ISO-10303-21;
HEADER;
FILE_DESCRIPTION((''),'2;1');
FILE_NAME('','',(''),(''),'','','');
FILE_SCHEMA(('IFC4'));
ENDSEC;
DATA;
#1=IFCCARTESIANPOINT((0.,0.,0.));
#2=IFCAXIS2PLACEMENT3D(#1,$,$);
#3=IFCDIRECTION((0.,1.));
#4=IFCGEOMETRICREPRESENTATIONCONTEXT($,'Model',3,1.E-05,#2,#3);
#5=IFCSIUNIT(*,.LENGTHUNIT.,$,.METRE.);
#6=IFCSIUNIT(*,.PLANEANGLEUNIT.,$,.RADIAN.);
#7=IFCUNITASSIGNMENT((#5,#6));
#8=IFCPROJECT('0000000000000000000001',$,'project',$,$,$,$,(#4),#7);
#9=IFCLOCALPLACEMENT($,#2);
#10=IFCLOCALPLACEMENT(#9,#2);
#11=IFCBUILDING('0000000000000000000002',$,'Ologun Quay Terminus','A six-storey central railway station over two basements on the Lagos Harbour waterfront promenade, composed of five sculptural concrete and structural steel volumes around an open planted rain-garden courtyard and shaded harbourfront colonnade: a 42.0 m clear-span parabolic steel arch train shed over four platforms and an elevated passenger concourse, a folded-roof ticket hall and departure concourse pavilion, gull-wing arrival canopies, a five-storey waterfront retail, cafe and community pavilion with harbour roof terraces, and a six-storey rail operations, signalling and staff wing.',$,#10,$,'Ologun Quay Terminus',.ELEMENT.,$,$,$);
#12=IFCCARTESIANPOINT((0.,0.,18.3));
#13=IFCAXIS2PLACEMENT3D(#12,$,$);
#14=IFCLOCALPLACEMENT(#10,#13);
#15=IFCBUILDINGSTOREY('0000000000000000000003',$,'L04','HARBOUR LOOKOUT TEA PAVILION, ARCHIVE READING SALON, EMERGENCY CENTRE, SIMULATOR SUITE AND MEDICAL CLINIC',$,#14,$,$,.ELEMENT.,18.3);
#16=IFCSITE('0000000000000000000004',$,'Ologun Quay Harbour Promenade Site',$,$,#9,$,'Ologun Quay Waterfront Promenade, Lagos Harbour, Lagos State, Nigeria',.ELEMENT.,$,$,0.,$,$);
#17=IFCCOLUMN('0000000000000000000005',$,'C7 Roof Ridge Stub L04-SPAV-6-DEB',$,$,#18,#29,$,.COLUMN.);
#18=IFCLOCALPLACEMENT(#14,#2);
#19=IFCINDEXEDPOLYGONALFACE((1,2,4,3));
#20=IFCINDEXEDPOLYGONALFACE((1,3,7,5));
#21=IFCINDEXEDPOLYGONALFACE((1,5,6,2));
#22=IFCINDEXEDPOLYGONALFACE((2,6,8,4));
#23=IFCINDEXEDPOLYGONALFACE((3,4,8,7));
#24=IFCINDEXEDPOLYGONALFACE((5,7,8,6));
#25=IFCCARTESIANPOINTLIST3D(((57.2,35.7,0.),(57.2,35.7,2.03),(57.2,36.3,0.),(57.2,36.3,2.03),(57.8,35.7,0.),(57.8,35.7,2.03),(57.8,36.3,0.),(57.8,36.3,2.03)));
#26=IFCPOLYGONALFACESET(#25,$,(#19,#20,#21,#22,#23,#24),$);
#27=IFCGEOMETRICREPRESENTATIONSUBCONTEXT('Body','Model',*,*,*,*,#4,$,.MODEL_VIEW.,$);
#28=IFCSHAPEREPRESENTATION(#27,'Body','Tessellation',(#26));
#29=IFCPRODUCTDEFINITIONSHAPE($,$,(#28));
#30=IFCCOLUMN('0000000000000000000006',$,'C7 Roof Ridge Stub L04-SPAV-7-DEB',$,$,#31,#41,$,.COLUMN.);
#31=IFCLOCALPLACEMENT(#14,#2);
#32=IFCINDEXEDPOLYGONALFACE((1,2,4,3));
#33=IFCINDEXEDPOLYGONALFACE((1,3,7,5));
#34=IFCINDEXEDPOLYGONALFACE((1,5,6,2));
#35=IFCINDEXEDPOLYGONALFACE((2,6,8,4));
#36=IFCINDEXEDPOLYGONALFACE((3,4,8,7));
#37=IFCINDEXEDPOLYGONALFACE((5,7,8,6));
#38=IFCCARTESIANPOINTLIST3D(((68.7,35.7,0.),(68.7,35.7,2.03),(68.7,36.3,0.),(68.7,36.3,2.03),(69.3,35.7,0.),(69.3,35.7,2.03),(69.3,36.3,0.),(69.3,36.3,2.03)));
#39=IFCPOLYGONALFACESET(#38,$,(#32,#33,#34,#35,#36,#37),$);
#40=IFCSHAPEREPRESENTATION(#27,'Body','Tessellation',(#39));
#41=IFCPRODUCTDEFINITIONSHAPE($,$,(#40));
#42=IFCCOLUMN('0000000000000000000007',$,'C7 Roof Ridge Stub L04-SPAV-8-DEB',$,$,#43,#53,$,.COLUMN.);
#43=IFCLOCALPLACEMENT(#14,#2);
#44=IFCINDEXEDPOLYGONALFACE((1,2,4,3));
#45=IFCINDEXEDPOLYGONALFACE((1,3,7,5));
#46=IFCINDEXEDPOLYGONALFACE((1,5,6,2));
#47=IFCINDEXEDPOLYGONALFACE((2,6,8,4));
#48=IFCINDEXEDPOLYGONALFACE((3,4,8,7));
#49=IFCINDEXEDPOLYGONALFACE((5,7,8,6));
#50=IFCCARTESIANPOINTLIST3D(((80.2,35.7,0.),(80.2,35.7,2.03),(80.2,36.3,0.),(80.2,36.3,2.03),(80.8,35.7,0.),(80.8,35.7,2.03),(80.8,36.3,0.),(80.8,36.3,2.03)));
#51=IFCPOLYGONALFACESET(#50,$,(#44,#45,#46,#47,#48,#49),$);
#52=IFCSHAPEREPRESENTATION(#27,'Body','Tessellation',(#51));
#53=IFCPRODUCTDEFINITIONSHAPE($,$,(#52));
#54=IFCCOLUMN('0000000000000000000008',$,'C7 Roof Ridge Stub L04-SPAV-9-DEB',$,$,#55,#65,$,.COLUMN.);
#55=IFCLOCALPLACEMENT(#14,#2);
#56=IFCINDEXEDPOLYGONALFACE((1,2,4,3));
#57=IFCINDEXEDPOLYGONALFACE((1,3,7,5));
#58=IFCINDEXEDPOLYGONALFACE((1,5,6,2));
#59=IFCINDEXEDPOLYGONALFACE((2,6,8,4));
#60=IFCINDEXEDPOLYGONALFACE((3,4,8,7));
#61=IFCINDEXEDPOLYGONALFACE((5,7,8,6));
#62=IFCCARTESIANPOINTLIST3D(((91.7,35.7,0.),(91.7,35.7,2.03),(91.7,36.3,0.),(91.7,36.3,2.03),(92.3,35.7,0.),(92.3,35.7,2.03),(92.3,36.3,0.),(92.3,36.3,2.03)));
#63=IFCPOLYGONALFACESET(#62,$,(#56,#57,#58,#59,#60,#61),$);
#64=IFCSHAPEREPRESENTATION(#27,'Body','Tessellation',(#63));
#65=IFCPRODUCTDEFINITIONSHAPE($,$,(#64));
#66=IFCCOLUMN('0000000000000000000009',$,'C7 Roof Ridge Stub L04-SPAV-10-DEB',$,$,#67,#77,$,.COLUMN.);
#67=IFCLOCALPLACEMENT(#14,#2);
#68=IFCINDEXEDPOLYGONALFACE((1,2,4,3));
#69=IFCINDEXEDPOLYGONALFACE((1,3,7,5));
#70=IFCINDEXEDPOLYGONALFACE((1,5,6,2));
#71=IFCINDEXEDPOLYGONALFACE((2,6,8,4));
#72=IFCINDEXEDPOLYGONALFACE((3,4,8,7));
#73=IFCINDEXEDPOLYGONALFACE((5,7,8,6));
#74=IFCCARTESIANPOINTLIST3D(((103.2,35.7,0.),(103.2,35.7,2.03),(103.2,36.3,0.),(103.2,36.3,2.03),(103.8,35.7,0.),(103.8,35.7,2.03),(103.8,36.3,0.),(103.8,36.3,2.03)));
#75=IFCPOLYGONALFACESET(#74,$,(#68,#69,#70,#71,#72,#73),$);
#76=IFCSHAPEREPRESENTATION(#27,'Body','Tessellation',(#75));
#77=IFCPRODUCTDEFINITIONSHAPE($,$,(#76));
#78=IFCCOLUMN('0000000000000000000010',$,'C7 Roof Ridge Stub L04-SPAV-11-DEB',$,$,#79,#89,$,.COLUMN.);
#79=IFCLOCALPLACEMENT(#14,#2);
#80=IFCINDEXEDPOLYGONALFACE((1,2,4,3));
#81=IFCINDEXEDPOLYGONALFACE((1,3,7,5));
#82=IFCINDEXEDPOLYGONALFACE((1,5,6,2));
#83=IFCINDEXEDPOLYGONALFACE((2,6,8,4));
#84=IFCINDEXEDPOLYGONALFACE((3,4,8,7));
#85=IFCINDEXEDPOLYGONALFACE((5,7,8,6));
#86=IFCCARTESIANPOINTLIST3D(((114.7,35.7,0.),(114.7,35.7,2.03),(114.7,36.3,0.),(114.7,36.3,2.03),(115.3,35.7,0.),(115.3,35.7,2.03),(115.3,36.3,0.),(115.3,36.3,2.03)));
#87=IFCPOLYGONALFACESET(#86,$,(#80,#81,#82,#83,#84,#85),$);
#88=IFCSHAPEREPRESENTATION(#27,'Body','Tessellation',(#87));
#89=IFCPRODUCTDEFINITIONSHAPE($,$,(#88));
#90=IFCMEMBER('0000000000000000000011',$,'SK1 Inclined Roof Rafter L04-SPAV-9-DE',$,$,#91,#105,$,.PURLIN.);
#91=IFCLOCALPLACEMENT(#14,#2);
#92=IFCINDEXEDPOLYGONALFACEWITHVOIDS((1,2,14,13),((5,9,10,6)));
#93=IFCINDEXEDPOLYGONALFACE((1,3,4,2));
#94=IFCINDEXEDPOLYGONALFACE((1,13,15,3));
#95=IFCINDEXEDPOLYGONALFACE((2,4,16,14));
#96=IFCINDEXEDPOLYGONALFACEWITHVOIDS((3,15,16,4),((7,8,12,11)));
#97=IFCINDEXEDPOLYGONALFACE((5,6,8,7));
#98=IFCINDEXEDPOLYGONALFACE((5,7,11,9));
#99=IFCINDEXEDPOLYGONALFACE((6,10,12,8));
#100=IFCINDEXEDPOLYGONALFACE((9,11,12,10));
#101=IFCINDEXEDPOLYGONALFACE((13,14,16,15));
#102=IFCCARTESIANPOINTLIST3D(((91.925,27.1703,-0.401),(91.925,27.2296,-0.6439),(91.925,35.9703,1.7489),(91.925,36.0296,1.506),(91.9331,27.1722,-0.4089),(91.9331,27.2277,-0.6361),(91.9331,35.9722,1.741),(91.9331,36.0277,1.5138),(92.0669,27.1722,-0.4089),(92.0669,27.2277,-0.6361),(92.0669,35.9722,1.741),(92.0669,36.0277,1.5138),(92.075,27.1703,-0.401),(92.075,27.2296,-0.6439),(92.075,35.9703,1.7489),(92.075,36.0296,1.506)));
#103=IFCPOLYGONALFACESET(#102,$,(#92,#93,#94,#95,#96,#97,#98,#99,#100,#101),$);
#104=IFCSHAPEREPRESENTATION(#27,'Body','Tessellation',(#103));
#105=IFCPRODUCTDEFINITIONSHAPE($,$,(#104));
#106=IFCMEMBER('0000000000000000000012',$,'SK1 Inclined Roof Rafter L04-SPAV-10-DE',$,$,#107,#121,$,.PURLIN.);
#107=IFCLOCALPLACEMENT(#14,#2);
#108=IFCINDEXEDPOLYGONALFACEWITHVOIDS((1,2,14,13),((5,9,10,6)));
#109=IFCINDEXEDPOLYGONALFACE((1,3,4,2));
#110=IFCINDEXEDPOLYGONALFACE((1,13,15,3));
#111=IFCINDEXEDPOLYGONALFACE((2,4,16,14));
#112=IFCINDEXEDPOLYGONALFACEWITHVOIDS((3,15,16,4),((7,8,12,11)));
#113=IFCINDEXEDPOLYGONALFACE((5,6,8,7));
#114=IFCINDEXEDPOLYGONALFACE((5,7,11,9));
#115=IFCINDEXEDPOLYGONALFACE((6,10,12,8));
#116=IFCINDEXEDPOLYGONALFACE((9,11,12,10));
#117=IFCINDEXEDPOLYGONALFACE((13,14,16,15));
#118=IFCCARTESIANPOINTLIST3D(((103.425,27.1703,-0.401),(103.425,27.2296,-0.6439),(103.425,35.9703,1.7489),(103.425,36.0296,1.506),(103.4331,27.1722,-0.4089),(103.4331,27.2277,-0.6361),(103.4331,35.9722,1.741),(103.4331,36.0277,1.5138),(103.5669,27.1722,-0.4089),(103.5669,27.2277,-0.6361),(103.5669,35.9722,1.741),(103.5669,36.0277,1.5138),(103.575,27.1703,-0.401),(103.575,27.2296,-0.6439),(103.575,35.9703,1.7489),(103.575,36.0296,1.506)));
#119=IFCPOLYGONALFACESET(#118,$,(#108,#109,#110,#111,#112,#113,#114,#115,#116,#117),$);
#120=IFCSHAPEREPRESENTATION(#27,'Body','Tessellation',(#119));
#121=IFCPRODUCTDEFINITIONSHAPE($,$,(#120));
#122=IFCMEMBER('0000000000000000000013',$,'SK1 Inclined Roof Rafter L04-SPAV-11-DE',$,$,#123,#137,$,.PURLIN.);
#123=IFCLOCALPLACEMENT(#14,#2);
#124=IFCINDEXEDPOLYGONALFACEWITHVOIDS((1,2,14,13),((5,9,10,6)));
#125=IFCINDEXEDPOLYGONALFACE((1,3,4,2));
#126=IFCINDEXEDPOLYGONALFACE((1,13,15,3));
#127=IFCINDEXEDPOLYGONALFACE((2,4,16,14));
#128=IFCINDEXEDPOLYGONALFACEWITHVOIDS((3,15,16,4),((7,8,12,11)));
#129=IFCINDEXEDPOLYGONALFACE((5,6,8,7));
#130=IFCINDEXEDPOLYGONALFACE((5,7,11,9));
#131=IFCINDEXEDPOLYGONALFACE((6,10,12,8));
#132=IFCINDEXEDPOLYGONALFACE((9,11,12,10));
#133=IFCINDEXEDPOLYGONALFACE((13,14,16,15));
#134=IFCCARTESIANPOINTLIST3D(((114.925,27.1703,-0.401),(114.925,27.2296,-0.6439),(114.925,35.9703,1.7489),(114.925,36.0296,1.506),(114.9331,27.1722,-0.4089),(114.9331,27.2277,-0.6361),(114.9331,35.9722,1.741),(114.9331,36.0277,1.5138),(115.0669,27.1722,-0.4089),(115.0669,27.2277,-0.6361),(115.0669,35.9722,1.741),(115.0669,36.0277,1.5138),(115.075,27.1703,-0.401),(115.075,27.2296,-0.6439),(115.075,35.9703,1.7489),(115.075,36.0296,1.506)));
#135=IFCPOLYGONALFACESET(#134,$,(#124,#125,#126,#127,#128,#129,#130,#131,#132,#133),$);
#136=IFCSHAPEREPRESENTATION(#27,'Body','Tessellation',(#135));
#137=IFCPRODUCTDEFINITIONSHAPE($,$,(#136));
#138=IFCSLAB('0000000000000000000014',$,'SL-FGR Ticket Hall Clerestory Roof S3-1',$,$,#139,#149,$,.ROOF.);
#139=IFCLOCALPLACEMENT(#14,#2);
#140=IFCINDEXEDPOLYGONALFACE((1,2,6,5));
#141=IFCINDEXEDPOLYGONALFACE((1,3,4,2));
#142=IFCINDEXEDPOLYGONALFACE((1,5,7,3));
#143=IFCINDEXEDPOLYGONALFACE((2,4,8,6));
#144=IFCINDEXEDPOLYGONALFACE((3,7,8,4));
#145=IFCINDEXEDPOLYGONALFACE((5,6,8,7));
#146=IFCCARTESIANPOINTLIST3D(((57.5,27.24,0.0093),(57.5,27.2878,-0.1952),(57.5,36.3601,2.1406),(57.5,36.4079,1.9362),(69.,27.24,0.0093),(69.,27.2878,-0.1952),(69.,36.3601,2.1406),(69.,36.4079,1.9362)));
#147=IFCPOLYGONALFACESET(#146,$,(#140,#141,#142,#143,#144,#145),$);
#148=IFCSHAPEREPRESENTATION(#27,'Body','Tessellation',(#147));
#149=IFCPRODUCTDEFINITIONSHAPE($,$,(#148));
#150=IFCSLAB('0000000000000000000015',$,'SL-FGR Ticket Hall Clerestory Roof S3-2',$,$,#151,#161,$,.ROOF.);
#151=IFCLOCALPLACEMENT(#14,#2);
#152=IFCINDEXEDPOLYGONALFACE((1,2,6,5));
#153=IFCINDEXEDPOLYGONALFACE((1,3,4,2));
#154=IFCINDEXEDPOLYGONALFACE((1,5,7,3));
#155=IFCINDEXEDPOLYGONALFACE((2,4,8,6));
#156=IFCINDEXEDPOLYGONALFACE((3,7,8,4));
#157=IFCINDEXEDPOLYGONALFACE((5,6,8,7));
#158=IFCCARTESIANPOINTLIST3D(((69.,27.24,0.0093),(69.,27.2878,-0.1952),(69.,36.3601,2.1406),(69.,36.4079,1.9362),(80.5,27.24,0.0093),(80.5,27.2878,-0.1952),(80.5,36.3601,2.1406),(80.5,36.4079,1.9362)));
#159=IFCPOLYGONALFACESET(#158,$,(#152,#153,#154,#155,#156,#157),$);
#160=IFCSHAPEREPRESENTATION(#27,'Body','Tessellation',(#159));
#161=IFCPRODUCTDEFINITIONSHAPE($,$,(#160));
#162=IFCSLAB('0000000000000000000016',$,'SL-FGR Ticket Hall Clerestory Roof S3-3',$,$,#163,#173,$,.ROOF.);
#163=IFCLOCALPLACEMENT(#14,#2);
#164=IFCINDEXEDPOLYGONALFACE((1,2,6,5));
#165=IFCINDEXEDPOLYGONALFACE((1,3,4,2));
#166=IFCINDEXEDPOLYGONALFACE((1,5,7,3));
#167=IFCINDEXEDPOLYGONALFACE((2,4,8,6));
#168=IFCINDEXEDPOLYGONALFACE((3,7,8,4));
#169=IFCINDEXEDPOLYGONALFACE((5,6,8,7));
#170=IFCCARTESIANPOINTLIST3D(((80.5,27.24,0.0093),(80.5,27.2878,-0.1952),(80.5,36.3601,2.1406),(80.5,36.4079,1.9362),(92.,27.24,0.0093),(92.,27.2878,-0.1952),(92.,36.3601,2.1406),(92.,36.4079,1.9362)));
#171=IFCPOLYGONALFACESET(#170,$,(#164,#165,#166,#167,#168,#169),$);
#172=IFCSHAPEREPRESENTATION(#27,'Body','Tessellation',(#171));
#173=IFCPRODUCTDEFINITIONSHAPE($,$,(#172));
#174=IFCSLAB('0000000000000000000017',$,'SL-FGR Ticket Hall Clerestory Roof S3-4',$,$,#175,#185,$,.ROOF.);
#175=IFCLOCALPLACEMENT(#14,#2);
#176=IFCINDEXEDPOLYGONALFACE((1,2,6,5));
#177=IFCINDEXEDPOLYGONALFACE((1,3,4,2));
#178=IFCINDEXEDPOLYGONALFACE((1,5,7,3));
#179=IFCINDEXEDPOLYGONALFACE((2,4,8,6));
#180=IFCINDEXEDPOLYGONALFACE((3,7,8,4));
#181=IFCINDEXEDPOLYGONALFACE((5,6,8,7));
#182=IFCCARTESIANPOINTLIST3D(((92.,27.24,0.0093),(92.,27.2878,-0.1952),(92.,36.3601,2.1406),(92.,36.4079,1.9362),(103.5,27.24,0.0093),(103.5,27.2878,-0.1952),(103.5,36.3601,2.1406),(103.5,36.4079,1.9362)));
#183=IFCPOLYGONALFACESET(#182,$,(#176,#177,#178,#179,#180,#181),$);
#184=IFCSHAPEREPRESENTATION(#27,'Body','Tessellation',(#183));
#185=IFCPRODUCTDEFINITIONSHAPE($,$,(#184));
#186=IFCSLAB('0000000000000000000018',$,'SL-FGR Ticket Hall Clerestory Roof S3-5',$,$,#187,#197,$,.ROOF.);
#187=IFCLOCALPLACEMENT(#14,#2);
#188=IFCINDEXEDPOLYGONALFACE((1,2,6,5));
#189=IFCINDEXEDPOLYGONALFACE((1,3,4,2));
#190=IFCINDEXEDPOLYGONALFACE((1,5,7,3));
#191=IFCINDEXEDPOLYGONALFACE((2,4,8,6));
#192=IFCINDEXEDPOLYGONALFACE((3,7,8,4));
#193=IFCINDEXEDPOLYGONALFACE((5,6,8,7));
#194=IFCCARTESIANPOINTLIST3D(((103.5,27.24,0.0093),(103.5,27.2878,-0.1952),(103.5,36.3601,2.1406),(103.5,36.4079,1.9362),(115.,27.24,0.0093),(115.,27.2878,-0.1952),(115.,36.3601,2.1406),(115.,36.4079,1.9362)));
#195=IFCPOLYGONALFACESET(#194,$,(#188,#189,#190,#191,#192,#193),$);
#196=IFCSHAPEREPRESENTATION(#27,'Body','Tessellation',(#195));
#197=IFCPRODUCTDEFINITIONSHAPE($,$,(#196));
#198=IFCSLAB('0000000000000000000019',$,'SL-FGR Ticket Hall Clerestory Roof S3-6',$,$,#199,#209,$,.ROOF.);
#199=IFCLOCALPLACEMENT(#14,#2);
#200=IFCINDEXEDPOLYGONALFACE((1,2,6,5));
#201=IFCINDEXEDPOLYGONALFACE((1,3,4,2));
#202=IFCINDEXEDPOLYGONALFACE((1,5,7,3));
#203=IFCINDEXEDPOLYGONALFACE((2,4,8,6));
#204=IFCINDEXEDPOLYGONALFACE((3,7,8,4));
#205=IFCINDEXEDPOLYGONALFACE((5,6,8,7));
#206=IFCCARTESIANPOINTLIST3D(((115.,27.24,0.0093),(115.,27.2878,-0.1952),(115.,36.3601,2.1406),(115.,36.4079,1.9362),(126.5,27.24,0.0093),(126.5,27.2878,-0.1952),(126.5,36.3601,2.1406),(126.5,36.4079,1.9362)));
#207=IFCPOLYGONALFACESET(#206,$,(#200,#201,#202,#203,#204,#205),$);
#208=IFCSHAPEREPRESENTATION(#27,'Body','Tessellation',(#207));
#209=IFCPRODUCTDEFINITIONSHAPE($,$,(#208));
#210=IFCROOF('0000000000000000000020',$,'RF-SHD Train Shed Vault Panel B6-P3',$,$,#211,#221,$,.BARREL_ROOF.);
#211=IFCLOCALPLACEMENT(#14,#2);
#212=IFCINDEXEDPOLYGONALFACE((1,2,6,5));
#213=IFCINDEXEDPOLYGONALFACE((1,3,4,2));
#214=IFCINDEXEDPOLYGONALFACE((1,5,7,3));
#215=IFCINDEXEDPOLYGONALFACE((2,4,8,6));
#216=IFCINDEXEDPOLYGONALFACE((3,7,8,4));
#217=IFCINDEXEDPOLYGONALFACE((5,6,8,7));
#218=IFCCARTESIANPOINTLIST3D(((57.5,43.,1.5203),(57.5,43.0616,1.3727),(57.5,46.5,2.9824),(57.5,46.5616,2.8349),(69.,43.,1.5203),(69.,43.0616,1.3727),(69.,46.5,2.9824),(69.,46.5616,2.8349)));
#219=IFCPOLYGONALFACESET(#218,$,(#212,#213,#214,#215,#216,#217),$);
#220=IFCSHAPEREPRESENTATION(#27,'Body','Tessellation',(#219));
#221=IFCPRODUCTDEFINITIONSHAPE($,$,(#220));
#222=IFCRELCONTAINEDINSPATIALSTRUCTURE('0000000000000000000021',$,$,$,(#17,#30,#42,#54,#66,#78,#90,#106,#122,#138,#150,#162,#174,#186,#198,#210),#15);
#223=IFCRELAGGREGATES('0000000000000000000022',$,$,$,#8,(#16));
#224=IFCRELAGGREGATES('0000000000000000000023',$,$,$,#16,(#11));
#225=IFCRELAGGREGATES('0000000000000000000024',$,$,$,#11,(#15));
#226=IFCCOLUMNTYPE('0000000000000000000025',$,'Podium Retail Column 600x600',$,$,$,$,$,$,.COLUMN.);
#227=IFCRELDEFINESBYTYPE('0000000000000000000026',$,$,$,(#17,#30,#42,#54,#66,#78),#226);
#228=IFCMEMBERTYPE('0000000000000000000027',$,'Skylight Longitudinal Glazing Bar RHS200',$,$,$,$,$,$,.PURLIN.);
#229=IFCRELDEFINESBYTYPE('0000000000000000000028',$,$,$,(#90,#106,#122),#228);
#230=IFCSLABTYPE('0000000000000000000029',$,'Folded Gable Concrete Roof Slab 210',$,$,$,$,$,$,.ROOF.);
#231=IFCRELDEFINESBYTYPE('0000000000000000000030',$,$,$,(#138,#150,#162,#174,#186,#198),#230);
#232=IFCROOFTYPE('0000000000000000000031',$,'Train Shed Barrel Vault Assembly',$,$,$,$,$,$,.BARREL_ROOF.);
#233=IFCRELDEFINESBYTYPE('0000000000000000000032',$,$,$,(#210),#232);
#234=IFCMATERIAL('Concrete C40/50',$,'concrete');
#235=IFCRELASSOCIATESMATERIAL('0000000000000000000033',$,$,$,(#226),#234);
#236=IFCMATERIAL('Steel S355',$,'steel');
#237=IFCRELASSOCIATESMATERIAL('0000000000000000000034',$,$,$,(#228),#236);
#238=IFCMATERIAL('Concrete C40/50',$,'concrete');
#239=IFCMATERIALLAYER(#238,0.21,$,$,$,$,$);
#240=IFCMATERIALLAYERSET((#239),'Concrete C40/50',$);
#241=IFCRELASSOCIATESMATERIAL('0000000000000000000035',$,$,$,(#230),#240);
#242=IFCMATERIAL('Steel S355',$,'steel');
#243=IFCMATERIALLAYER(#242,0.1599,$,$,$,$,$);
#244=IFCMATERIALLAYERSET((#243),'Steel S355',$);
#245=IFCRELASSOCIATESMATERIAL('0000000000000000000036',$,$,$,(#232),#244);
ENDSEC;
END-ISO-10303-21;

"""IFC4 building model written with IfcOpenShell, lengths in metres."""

from ifc_helpers import new_model, si_unit, direction, frame, origin, origin_2d, place, context, subcontext, project, spatial, polyline, rectangle, hollow_rectangle, outline, extrude, material, layer, layer_set, material_profile, profile_set, type_object, element, save


model = new_model("IFC4")

# Units and contexts
model_context = context("Model", 3, precision=1e-05, world=origin(), true_north=direction((0.0, 1.0)))
body_context = subcontext(model_context, "Body", "Model", "MODEL_VIEW")
ifc_project = project(units=[si_unit("LENGTHUNIT", "METRE"), si_unit("PLANEANGLEUNIT", "RADIAN")], contexts=[model_context])

# Site, building, storey
site_placement = place(None, origin())
site = spatial("IfcSite", under=ifc_project, at=site_placement, Name="Ologun Quay Harbour Promenade Site", LongName="Ologun Quay Waterfront Promenade, Lagos Harbour, Lagos State, Nigeria", CompositionType="ELEMENT", RefElevation=0.0)
building_placement = place(site_placement, origin())
building = spatial("IfcBuilding", under=site, at=building_placement, Name="Ologun Quay Terminus", Description="A six-storey central railway station over two basements on the Lagos Harbour waterfront promenade, composed of five sculptural concrete and structural steel volumes around an open planted rain-garden courtyard and shaded harbourfront colonnade: a 42.0 m clear-span parabolic steel arch train shed over four platforms and an elevated passenger concourse, a folded-roof ticket hall and departure concourse pavilion, gull-wing arrival canopies, a five-storey waterfront retail, cafe and community pavilion with harbour roof terraces, and a six-storey rail operations, signalling and staff wing.", LongName="Ologun Quay Terminus", CompositionType="ELEMENT")
storey_placement = place(building_placement, frame((0.0, 0.0, 18.3)))
storey = spatial("IfcBuildingStorey", under=building, at=storey_placement, Name="L04", Description="HARBOUR LOOKOUT TEA PAVILION, ARCHIVE READING SALON, EMERGENCY CENTRE, SIMULATOR SUITE AND MEDICAL CLINIC", CompositionType="ELEMENT", Elevation=18.3)

# Columns
ifc_material_1 = material(Name="Concrete C40/50", Category="concrete")
ifc_material_profile_1 = material_profile(ifc_material_1, rectangle(XDim=0.6001, YDim=0.6001, at=origin_2d()), Name="RC 600x600")
ifc_profile_set_1 = profile_set([ifc_material_profile_1], Name="Concrete C40/50")
column_type = type_object("IfcColumnType", Name="Podium Retail Column 600x600", PredefinedType="COLUMN", material=ifc_profile_set_1)
for number, where, z_axis, x_axis, name in (
    (1, (57.5, 36.0, 0.0), (0.0, 0.0, 1.0), (1.0, 0.0, 0.0), "C7 Roof Ridge Stub L04-SPAV-6-DEB"),
    (2, (69.0, 36.0, 0.0), (0.0, 0.0, 1.0), (1.0, 0.0, 0.0), "C7 Roof Ridge Stub L04-SPAV-7-DEB"),
    (3, (80.5, 36.0, 0.0), (0.0, 0.0, 1.0), (1.0, 0.0, 0.0), "C7 Roof Ridge Stub L04-SPAV-8-DEB"),
    (4, (92.0, 36.0, 0.0), (0.0, 0.0, 1.0), (1.0, 0.0, 0.0), "C7 Roof Ridge Stub L04-SPAV-9-DEB"),
    (5, (103.5, 36.0, 0.0), (0.0, 0.0, 1.0), (1.0, 0.0, 0.0), "C7 Roof Ridge Stub L04-SPAV-10-DEB"),
    (6, (115.0, 36.0, 0.0), (0.0, 0.0, 1.0), (1.0, 0.0, 0.0), "C7 Roof Ridge Stub L04-SPAV-11-DEB"),
):
    element("IfcColumn", number, at=place(storey_placement, frame(where, z_axis=z_axis, x_axis=x_axis)), inside=storey, type_object=column_type, Name=name, PredefinedType="COLUMN", context=body_context, shape_type="SweptSolid", body=[
        extrude(rectangle(XDim=0.6001, YDim=0.6001, at=origin_2d()), origin(), (0.0, 0.0, 1.0), 2.03),
    ])

# Members
ifc_material_2 = material(Name="Steel S355", Category="steel")
ifc_material_profile_2 = material_profile(ifc_material_2, hollow_rectangle(XDim=0.1499, YDim=0.25, WallThickness=0.0081, at=origin_2d()), Name="RHS 250x150x8")
ifc_profile_set_2 = profile_set([ifc_material_profile_2], Name="Steel S355")
member_type = type_object("IfcMemberType", Name="Skylight Longitudinal Glazing Bar RHS200", PredefinedType="PURLIN", material=ifc_profile_set_2)
for number, where, z_axis, x_axis, name in (
    (7, (92.0, 27.2, -0.5225), (0.0, 0.97143, 0.237326), (-1.0, 0.0, 0.0), "SK1 Inclined Roof Rafter L04-SPAV-9-DE"),
    (8, (103.5, 27.2, -0.5225), (0.0, 0.97143, 0.237326), (-1.0, 0.0, 0.0), "SK1 Inclined Roof Rafter L04-SPAV-10-DE"),
    (9, (115.0, 27.2, -0.5225), (0.0, 0.97143, 0.237326), (-1.0, 0.0, 0.0), "SK1 Inclined Roof Rafter L04-SPAV-11-DE"),
):
    element("IfcMember", number, at=place(storey_placement, frame(where, z_axis=z_axis, x_axis=x_axis)), inside=storey, type_object=member_type, Name=name, PredefinedType="PURLIN", context=body_context, shape_type="SweptSolid", body=[
        extrude(hollow_rectangle(XDim=0.1499, YDim=0.25, WallThickness=0.0081, at=origin_2d()), origin(), (0.0, 0.0, 1.0), 9.0588),
    ])

# Slabs
ifc_material_3 = material(Name="Concrete C40/50", Category="concrete")
ifc_layer_1 = layer(ifc_material_3, 0.21)
ifc_layer_set_1 = layer_set([ifc_layer_1], Name="Concrete C40/50")
slab_type = type_object("IfcSlabType", Name="Folded Gable Concrete Roof Slab 210", PredefinedType="ROOF", material=ifc_layer_set_1)
for number, where, z_axis, x_axis, name in (
    (10, (57.5, 27.24, 0.0093), (0.0, -0.227566, 0.973763), (1.0, 0.0, 0.0), "SL-FGR Ticket Hall Clerestory Roof S3-1"),
    (11, (69.0, 27.24, 0.0093), (0.0, -0.227566, 0.973763), (1.0, 0.0, 0.0), "SL-FGR Ticket Hall Clerestory Roof S3-2"),
    (12, (80.5, 27.24, 0.0093), (0.0, -0.227566, 0.973763), (1.0, 0.0, 0.0), "SL-FGR Ticket Hall Clerestory Roof S3-3"),
    (13, (92.0, 27.24, 0.0093), (0.0, -0.227566, 0.973763), (1.0, 0.0, 0.0), "SL-FGR Ticket Hall Clerestory Roof S3-4"),
    (14, (103.5, 27.24, 0.0093), (0.0, -0.227566, 0.973763), (1.0, 0.0, 0.0), "SL-FGR Ticket Hall Clerestory Roof S3-5"),
    (15, (115.0, 27.24, 0.0093), (0.0, -0.227566, 0.973763), (1.0, 0.0, 0.0), "SL-FGR Ticket Hall Clerestory Roof S3-6"),
):
    element("IfcSlab", number, at=place(storey_placement, frame(where, z_axis=z_axis, x_axis=x_axis)), inside=storey, type_object=slab_type, Name=name, PredefinedType="ROOF", context=body_context, shape_type="SweptSolid", body=[
        extrude(outline(polyline([(0.0, 0.0), (11.5, 0.0), (11.5, 9.3659), (0.0, 9.3659), (0.0, 0.0)])), origin(), (0.0, 0.0, -1.0), 0.21),
    ])

# Roof
ifc_material_4 = material(Name="Steel S355", Category="steel")
ifc_layer_2 = layer(ifc_material_4, 0.1599)
ifc_layer_set_2 = layer_set([ifc_layer_2], Name="Steel S355")
roof_type = type_object("IfcRoofType", Name="Train Shed Barrel Vault Assembly", PredefinedType="BARREL_ROOF", material=ifc_layer_set_2)
roof_1_placement = place(storey_placement, frame((57.5, 43.0, 1.5203), z_axis=(0.0, -0.385474, 0.922719), x_axis=(1.0, 0.0, 0.0)))
element("IfcRoof", 16, at=roof_1_placement, inside=storey, type_object=roof_type, Name="RF-SHD Train Shed Vault Panel B6-P3", PredefinedType="BARREL_ROOF", context=body_context, shape_type="SweptSolid", body=[
    extrude(outline(polyline([(0.0, 0.0), (11.5, 0.0), (11.5, 3.7931), (0.0, 3.7931), (0.0, 0.0)])), origin(), (0.0, 0.0, -1.0), 0.1599),
])

save(model, "model.ifc")
